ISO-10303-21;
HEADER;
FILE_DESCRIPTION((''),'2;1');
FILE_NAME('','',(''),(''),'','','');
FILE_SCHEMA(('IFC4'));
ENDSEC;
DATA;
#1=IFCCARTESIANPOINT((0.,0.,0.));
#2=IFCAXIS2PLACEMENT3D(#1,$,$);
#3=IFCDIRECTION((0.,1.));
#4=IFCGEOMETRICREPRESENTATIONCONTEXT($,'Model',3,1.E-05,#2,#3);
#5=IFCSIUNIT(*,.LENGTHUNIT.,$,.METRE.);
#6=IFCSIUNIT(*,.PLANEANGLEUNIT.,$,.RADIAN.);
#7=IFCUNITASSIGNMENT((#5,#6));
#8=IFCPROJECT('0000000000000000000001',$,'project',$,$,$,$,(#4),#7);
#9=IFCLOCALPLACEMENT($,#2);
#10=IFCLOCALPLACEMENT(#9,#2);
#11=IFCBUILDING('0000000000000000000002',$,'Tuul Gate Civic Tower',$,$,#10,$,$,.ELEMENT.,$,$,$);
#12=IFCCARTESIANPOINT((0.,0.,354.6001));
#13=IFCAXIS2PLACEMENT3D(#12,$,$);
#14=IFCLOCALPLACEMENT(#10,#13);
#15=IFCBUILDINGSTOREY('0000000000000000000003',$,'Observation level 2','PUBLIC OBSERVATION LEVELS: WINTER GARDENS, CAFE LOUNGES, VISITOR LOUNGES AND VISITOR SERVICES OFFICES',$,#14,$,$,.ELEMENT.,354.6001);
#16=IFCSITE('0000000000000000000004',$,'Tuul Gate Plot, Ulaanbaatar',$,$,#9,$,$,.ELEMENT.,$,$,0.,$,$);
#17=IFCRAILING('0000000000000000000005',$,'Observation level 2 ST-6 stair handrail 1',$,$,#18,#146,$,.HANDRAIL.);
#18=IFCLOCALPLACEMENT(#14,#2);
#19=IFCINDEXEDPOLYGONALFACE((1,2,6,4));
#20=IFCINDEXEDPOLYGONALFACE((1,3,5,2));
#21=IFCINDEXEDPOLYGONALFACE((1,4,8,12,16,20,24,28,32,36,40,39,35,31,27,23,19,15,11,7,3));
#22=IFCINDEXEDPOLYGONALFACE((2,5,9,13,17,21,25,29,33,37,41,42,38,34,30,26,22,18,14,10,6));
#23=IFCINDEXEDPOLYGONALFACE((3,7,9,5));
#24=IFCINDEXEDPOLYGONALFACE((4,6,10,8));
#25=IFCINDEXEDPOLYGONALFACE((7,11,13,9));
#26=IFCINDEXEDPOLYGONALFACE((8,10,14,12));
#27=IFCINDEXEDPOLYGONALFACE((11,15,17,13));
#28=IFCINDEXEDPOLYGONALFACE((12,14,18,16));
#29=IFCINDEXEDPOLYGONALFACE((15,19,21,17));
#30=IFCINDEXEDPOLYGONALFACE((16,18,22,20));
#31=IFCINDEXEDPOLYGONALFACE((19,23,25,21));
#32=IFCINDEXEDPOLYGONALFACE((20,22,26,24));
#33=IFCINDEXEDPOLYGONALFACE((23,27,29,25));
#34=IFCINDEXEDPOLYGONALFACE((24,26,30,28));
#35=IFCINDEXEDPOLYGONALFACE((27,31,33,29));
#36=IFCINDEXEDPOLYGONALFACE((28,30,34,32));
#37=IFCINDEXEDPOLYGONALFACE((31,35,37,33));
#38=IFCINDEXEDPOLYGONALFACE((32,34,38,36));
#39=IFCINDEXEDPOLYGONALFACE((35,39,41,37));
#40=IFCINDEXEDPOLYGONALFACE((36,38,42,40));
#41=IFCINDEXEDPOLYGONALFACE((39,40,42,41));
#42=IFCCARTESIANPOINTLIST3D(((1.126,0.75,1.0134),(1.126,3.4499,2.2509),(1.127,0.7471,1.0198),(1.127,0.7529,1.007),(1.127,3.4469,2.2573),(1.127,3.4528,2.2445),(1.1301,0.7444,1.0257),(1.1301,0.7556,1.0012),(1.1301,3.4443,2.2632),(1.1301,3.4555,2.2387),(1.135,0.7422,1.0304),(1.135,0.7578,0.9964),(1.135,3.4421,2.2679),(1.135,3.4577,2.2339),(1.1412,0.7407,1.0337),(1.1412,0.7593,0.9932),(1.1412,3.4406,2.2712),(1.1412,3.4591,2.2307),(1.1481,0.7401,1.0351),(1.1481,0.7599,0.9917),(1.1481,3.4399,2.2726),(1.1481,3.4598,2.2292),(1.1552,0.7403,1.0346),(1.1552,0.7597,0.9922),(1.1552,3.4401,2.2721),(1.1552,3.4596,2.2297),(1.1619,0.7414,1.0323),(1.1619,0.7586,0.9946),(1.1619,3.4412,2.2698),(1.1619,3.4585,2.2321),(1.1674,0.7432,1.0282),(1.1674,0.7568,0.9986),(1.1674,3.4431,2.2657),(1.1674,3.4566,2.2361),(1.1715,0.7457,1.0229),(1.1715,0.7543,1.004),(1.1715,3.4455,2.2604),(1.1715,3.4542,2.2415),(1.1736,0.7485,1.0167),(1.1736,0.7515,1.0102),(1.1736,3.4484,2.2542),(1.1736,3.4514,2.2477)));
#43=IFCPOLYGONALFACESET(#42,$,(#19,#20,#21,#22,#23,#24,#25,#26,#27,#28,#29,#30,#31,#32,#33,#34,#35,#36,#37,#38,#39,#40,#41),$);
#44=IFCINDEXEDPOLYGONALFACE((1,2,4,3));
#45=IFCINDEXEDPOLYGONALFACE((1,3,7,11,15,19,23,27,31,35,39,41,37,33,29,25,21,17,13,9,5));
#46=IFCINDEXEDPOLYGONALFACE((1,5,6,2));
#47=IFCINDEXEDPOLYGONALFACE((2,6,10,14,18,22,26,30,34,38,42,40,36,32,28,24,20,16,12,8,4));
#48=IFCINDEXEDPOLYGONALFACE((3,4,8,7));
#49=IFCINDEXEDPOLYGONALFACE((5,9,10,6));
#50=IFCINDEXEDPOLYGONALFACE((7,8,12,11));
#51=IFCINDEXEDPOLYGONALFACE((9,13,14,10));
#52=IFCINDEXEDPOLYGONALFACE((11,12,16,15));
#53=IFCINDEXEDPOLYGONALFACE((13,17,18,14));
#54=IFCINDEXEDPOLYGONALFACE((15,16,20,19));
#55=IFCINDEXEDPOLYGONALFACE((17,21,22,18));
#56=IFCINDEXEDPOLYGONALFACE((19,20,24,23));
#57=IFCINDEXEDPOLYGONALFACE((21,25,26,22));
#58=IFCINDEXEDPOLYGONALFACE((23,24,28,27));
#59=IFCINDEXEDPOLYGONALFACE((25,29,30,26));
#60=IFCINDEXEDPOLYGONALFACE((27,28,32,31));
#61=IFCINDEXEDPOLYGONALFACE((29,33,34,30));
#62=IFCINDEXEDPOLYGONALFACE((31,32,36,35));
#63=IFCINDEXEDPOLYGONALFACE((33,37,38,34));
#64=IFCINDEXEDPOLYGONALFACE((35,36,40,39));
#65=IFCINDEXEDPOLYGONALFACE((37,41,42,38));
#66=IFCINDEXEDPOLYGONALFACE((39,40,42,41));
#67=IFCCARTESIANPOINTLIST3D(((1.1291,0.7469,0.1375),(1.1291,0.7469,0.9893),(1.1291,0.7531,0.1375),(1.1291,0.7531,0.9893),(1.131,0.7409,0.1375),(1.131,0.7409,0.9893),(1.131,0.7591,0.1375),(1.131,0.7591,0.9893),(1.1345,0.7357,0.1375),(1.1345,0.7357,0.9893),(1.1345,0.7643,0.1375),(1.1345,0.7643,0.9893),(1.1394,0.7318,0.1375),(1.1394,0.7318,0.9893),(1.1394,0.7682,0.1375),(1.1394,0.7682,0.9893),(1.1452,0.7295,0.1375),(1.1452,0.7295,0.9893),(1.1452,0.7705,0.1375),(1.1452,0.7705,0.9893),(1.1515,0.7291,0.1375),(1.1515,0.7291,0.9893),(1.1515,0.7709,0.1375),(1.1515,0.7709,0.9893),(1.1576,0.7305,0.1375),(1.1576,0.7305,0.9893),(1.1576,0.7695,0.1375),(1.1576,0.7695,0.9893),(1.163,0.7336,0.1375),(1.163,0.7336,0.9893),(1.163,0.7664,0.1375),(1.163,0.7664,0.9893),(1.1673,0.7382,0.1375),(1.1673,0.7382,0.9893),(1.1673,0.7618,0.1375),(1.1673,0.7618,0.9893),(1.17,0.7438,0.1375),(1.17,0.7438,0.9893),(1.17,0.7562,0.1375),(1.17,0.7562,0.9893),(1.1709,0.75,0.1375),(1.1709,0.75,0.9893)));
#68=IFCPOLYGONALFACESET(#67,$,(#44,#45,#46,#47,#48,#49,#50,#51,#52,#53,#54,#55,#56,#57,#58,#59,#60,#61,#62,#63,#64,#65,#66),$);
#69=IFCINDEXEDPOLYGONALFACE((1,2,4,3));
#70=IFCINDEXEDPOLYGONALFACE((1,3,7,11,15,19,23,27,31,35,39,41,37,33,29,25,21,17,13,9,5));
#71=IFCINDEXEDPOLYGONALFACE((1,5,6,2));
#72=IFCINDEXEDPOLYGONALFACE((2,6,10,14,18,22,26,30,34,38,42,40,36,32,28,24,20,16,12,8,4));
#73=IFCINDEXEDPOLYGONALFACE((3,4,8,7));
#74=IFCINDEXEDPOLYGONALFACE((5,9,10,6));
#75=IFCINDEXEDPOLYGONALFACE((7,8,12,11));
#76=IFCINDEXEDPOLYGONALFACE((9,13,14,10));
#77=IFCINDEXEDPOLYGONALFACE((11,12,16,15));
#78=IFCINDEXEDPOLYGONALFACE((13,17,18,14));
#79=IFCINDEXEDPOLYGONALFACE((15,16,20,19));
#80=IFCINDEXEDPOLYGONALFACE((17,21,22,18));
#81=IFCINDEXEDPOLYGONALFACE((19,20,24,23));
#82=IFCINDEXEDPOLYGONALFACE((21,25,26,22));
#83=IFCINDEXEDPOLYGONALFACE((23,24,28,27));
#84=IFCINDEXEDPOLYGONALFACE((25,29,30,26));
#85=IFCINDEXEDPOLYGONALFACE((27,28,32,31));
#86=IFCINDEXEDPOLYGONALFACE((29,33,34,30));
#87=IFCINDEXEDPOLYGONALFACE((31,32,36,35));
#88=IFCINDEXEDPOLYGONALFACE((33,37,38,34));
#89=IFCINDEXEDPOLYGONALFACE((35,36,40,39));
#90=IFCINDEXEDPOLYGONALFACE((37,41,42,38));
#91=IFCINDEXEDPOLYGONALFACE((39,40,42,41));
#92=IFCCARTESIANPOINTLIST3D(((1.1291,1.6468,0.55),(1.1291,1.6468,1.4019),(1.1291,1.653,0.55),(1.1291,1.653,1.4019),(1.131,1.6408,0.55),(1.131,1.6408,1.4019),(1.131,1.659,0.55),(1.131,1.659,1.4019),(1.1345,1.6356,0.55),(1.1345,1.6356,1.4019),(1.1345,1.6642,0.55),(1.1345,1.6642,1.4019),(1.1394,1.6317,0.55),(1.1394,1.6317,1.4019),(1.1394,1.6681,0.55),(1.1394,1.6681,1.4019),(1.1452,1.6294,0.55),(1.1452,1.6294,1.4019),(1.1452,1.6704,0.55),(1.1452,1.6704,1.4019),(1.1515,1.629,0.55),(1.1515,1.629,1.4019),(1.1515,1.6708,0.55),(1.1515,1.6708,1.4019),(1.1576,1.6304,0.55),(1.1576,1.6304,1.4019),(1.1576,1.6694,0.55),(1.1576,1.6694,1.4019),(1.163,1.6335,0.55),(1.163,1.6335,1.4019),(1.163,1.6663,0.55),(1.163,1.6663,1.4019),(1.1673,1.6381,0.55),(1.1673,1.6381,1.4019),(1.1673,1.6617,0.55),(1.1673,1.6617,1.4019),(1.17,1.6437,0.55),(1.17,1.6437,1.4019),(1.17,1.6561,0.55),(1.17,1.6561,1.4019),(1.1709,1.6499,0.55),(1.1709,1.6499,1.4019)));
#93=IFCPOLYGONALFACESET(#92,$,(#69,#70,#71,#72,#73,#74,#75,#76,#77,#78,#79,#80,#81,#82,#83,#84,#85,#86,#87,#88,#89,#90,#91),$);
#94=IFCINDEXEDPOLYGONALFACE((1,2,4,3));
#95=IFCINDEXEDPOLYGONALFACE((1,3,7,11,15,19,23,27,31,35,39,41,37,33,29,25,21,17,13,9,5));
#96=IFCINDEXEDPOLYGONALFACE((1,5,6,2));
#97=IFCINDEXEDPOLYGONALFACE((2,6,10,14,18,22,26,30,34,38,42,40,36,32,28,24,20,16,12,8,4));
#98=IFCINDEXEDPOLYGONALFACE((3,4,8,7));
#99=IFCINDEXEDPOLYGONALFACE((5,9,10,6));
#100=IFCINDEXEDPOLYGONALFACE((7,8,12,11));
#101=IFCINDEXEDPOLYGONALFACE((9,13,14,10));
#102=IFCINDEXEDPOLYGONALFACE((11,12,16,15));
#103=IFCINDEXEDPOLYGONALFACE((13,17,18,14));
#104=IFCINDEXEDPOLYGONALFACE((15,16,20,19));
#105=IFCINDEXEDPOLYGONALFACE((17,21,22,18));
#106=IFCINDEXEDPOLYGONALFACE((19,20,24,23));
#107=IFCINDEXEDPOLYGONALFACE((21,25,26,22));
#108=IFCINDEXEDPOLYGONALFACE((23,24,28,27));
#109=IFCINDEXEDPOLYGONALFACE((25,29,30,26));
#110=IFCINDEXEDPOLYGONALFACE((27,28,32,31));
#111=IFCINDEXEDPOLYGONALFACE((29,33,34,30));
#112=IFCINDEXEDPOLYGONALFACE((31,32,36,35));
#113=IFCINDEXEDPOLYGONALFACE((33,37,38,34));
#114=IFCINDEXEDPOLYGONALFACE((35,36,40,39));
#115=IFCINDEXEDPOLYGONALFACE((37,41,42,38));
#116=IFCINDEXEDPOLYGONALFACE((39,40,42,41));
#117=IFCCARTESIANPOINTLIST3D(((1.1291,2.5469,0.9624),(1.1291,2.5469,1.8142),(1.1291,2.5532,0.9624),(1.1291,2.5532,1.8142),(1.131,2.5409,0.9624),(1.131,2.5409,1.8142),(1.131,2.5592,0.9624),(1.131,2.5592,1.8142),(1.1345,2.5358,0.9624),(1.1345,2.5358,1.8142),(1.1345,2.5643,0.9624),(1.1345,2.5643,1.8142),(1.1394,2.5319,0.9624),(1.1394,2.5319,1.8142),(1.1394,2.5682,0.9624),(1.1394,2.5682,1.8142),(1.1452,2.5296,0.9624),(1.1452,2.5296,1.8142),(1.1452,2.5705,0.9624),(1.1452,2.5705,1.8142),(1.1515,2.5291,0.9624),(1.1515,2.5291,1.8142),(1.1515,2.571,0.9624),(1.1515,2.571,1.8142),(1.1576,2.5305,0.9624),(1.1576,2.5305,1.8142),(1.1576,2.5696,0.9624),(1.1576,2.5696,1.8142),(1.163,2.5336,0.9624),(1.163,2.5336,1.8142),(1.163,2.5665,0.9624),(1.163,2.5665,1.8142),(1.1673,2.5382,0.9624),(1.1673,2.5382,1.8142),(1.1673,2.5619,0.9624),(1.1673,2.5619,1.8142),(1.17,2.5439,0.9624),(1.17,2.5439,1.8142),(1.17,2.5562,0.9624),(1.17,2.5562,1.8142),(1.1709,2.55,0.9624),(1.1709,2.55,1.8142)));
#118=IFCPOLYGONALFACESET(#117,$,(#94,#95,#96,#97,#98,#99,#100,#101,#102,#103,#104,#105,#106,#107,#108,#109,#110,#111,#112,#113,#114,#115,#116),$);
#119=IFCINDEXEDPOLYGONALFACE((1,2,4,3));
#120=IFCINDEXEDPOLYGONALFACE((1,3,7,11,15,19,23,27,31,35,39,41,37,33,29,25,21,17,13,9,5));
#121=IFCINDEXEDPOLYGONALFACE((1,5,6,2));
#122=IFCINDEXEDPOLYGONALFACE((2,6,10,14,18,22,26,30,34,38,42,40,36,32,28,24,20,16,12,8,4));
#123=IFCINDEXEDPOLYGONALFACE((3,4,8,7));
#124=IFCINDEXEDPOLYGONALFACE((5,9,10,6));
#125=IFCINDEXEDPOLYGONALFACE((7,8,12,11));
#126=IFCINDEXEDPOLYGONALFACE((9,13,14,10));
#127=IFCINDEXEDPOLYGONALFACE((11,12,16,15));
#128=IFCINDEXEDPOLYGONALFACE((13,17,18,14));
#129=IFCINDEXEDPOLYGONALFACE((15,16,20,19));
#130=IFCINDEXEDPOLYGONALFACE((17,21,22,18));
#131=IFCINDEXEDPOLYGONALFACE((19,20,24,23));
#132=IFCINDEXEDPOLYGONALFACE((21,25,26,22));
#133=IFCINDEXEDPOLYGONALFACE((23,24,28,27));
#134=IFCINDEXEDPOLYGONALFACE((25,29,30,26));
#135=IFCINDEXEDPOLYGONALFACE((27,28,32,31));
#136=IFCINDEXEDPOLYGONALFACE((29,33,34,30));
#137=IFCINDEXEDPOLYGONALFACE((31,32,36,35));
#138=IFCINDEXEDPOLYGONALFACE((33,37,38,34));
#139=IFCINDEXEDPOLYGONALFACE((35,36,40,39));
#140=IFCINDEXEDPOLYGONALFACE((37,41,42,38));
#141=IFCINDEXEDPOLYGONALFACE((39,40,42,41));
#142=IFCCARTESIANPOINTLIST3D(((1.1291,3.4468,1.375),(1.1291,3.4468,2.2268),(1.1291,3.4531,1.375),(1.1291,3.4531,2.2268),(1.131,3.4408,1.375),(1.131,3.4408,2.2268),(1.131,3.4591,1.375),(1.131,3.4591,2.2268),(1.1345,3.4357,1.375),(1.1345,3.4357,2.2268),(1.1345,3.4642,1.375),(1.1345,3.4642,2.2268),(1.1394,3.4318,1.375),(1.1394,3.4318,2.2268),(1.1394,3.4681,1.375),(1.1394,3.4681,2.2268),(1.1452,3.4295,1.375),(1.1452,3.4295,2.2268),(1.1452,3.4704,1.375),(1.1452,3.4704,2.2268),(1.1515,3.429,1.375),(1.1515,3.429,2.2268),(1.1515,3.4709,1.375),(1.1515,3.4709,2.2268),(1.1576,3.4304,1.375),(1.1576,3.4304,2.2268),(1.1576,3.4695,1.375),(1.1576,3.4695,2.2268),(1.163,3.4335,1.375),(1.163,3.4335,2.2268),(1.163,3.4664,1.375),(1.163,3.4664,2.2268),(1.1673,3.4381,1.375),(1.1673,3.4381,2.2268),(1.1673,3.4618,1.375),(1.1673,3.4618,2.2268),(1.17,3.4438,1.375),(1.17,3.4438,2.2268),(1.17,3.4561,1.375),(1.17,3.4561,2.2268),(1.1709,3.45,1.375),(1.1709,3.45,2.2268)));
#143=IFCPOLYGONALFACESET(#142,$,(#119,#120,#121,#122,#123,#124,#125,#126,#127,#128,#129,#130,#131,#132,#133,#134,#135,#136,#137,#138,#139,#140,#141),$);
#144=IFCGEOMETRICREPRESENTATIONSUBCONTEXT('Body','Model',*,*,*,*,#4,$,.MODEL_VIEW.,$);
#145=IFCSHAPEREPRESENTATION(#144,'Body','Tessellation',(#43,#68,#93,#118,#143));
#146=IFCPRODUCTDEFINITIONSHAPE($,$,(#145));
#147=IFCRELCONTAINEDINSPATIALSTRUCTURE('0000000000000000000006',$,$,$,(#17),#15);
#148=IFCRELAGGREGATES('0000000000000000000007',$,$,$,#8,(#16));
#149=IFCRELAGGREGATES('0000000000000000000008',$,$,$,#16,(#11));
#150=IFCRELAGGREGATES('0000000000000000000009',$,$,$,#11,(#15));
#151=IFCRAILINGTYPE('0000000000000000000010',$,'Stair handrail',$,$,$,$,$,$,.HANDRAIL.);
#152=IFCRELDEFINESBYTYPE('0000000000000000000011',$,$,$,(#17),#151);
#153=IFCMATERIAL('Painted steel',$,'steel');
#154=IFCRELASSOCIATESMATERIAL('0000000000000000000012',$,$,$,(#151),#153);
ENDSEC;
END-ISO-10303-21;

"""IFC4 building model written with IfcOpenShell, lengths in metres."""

from ifc_helpers import new_model, si_unit, direction, frame, origin, origin_2d, place, context, subcontext, project, spatial, circle, extrude, material, type_object, element, save


model = new_model("IFC4")

# Units and contexts
model_context = context("Model", 3, precision=1e-05, world=origin(), true_north=direction((0.0, 1.0)))
body_context = subcontext(model_context, "Body", "Model", "MODEL_VIEW")
ifc_project = project(units=[si_unit("LENGTHUNIT", "METRE"), si_unit("PLANEANGLEUNIT", "RADIAN")], contexts=[model_context])

# Site, building, storey
site_placement = place(None, origin())
site = spatial("IfcSite", under=ifc_project, at=site_placement, Name="Tuul Gate Plot, Ulaanbaatar", CompositionType="ELEMENT", RefElevation=0.0)
building_placement = place(site_placement, origin())
building = spatial("IfcBuilding", under=site, at=building_placement, Name="Tuul Gate Civic Tower", CompositionType="ELEMENT")
storey_placement = place(building_placement, frame((0.0, 0.0, 354.6001)))
storey = spatial("IfcBuildingStorey", under=building, at=storey_placement, Name="Observation level 2", Description="PUBLIC OBSERVATION LEVELS: WINTER GARDENS, CAFE LOUNGES, VISITOR LOUNGES AND VISITOR SERVICES OFFICES", CompositionType="ELEMENT", Elevation=354.6001)

# Railing
ifc_material_1 = material(Name="Painted steel", Category="steel")
railing_type_1 = type_object("IfcRailingType", Name="Stair handrail", PredefinedType="HANDRAIL", material=ifc_material_1)
for number, where, name in (
    (1, (1.1499, 0.75, 0.1375), "Observation level 2 ST-6 stair handrail 1"),
):
    element("IfcRailing", number, at=place(storey_placement, frame(where)), inside=storey, type_object=railing_type_1, Name=name, PredefinedType="HANDRAIL", context=body_context, shape_type="SweptSolid", body=[
        extrude(circle(Radius=0.0239, at=origin_2d()), frame((0.0, 0.0, 0.876), z_axis=(0.0, 0.909056, 0.416675), x_axis=(-1.0, 0.0, 0.0)), (0.0, 0.0, 1.0), 2.97),
        extrude(circle(Radius=0.021, at=origin_2d()), origin(), (0.0, 0.0, 1.0), 0.8518),
        extrude(circle(Radius=0.021, at=origin_2d()), frame((0.0, 0.8999, 0.4126)), (0.0, 0.0, 1.0), 0.8518),
        extrude(circle(Radius=0.021, at=origin_2d()), frame((0.0, 1.8, 0.825)), (0.0, 0.0, 1.0), 0.8518),
        extrude(circle(Radius=0.021, at=origin_2d()), frame((0.0, 2.7, 1.2375)), (0.0, 0.0, 1.0), 0.8518),
    ])

save(model, "model.ifc")
